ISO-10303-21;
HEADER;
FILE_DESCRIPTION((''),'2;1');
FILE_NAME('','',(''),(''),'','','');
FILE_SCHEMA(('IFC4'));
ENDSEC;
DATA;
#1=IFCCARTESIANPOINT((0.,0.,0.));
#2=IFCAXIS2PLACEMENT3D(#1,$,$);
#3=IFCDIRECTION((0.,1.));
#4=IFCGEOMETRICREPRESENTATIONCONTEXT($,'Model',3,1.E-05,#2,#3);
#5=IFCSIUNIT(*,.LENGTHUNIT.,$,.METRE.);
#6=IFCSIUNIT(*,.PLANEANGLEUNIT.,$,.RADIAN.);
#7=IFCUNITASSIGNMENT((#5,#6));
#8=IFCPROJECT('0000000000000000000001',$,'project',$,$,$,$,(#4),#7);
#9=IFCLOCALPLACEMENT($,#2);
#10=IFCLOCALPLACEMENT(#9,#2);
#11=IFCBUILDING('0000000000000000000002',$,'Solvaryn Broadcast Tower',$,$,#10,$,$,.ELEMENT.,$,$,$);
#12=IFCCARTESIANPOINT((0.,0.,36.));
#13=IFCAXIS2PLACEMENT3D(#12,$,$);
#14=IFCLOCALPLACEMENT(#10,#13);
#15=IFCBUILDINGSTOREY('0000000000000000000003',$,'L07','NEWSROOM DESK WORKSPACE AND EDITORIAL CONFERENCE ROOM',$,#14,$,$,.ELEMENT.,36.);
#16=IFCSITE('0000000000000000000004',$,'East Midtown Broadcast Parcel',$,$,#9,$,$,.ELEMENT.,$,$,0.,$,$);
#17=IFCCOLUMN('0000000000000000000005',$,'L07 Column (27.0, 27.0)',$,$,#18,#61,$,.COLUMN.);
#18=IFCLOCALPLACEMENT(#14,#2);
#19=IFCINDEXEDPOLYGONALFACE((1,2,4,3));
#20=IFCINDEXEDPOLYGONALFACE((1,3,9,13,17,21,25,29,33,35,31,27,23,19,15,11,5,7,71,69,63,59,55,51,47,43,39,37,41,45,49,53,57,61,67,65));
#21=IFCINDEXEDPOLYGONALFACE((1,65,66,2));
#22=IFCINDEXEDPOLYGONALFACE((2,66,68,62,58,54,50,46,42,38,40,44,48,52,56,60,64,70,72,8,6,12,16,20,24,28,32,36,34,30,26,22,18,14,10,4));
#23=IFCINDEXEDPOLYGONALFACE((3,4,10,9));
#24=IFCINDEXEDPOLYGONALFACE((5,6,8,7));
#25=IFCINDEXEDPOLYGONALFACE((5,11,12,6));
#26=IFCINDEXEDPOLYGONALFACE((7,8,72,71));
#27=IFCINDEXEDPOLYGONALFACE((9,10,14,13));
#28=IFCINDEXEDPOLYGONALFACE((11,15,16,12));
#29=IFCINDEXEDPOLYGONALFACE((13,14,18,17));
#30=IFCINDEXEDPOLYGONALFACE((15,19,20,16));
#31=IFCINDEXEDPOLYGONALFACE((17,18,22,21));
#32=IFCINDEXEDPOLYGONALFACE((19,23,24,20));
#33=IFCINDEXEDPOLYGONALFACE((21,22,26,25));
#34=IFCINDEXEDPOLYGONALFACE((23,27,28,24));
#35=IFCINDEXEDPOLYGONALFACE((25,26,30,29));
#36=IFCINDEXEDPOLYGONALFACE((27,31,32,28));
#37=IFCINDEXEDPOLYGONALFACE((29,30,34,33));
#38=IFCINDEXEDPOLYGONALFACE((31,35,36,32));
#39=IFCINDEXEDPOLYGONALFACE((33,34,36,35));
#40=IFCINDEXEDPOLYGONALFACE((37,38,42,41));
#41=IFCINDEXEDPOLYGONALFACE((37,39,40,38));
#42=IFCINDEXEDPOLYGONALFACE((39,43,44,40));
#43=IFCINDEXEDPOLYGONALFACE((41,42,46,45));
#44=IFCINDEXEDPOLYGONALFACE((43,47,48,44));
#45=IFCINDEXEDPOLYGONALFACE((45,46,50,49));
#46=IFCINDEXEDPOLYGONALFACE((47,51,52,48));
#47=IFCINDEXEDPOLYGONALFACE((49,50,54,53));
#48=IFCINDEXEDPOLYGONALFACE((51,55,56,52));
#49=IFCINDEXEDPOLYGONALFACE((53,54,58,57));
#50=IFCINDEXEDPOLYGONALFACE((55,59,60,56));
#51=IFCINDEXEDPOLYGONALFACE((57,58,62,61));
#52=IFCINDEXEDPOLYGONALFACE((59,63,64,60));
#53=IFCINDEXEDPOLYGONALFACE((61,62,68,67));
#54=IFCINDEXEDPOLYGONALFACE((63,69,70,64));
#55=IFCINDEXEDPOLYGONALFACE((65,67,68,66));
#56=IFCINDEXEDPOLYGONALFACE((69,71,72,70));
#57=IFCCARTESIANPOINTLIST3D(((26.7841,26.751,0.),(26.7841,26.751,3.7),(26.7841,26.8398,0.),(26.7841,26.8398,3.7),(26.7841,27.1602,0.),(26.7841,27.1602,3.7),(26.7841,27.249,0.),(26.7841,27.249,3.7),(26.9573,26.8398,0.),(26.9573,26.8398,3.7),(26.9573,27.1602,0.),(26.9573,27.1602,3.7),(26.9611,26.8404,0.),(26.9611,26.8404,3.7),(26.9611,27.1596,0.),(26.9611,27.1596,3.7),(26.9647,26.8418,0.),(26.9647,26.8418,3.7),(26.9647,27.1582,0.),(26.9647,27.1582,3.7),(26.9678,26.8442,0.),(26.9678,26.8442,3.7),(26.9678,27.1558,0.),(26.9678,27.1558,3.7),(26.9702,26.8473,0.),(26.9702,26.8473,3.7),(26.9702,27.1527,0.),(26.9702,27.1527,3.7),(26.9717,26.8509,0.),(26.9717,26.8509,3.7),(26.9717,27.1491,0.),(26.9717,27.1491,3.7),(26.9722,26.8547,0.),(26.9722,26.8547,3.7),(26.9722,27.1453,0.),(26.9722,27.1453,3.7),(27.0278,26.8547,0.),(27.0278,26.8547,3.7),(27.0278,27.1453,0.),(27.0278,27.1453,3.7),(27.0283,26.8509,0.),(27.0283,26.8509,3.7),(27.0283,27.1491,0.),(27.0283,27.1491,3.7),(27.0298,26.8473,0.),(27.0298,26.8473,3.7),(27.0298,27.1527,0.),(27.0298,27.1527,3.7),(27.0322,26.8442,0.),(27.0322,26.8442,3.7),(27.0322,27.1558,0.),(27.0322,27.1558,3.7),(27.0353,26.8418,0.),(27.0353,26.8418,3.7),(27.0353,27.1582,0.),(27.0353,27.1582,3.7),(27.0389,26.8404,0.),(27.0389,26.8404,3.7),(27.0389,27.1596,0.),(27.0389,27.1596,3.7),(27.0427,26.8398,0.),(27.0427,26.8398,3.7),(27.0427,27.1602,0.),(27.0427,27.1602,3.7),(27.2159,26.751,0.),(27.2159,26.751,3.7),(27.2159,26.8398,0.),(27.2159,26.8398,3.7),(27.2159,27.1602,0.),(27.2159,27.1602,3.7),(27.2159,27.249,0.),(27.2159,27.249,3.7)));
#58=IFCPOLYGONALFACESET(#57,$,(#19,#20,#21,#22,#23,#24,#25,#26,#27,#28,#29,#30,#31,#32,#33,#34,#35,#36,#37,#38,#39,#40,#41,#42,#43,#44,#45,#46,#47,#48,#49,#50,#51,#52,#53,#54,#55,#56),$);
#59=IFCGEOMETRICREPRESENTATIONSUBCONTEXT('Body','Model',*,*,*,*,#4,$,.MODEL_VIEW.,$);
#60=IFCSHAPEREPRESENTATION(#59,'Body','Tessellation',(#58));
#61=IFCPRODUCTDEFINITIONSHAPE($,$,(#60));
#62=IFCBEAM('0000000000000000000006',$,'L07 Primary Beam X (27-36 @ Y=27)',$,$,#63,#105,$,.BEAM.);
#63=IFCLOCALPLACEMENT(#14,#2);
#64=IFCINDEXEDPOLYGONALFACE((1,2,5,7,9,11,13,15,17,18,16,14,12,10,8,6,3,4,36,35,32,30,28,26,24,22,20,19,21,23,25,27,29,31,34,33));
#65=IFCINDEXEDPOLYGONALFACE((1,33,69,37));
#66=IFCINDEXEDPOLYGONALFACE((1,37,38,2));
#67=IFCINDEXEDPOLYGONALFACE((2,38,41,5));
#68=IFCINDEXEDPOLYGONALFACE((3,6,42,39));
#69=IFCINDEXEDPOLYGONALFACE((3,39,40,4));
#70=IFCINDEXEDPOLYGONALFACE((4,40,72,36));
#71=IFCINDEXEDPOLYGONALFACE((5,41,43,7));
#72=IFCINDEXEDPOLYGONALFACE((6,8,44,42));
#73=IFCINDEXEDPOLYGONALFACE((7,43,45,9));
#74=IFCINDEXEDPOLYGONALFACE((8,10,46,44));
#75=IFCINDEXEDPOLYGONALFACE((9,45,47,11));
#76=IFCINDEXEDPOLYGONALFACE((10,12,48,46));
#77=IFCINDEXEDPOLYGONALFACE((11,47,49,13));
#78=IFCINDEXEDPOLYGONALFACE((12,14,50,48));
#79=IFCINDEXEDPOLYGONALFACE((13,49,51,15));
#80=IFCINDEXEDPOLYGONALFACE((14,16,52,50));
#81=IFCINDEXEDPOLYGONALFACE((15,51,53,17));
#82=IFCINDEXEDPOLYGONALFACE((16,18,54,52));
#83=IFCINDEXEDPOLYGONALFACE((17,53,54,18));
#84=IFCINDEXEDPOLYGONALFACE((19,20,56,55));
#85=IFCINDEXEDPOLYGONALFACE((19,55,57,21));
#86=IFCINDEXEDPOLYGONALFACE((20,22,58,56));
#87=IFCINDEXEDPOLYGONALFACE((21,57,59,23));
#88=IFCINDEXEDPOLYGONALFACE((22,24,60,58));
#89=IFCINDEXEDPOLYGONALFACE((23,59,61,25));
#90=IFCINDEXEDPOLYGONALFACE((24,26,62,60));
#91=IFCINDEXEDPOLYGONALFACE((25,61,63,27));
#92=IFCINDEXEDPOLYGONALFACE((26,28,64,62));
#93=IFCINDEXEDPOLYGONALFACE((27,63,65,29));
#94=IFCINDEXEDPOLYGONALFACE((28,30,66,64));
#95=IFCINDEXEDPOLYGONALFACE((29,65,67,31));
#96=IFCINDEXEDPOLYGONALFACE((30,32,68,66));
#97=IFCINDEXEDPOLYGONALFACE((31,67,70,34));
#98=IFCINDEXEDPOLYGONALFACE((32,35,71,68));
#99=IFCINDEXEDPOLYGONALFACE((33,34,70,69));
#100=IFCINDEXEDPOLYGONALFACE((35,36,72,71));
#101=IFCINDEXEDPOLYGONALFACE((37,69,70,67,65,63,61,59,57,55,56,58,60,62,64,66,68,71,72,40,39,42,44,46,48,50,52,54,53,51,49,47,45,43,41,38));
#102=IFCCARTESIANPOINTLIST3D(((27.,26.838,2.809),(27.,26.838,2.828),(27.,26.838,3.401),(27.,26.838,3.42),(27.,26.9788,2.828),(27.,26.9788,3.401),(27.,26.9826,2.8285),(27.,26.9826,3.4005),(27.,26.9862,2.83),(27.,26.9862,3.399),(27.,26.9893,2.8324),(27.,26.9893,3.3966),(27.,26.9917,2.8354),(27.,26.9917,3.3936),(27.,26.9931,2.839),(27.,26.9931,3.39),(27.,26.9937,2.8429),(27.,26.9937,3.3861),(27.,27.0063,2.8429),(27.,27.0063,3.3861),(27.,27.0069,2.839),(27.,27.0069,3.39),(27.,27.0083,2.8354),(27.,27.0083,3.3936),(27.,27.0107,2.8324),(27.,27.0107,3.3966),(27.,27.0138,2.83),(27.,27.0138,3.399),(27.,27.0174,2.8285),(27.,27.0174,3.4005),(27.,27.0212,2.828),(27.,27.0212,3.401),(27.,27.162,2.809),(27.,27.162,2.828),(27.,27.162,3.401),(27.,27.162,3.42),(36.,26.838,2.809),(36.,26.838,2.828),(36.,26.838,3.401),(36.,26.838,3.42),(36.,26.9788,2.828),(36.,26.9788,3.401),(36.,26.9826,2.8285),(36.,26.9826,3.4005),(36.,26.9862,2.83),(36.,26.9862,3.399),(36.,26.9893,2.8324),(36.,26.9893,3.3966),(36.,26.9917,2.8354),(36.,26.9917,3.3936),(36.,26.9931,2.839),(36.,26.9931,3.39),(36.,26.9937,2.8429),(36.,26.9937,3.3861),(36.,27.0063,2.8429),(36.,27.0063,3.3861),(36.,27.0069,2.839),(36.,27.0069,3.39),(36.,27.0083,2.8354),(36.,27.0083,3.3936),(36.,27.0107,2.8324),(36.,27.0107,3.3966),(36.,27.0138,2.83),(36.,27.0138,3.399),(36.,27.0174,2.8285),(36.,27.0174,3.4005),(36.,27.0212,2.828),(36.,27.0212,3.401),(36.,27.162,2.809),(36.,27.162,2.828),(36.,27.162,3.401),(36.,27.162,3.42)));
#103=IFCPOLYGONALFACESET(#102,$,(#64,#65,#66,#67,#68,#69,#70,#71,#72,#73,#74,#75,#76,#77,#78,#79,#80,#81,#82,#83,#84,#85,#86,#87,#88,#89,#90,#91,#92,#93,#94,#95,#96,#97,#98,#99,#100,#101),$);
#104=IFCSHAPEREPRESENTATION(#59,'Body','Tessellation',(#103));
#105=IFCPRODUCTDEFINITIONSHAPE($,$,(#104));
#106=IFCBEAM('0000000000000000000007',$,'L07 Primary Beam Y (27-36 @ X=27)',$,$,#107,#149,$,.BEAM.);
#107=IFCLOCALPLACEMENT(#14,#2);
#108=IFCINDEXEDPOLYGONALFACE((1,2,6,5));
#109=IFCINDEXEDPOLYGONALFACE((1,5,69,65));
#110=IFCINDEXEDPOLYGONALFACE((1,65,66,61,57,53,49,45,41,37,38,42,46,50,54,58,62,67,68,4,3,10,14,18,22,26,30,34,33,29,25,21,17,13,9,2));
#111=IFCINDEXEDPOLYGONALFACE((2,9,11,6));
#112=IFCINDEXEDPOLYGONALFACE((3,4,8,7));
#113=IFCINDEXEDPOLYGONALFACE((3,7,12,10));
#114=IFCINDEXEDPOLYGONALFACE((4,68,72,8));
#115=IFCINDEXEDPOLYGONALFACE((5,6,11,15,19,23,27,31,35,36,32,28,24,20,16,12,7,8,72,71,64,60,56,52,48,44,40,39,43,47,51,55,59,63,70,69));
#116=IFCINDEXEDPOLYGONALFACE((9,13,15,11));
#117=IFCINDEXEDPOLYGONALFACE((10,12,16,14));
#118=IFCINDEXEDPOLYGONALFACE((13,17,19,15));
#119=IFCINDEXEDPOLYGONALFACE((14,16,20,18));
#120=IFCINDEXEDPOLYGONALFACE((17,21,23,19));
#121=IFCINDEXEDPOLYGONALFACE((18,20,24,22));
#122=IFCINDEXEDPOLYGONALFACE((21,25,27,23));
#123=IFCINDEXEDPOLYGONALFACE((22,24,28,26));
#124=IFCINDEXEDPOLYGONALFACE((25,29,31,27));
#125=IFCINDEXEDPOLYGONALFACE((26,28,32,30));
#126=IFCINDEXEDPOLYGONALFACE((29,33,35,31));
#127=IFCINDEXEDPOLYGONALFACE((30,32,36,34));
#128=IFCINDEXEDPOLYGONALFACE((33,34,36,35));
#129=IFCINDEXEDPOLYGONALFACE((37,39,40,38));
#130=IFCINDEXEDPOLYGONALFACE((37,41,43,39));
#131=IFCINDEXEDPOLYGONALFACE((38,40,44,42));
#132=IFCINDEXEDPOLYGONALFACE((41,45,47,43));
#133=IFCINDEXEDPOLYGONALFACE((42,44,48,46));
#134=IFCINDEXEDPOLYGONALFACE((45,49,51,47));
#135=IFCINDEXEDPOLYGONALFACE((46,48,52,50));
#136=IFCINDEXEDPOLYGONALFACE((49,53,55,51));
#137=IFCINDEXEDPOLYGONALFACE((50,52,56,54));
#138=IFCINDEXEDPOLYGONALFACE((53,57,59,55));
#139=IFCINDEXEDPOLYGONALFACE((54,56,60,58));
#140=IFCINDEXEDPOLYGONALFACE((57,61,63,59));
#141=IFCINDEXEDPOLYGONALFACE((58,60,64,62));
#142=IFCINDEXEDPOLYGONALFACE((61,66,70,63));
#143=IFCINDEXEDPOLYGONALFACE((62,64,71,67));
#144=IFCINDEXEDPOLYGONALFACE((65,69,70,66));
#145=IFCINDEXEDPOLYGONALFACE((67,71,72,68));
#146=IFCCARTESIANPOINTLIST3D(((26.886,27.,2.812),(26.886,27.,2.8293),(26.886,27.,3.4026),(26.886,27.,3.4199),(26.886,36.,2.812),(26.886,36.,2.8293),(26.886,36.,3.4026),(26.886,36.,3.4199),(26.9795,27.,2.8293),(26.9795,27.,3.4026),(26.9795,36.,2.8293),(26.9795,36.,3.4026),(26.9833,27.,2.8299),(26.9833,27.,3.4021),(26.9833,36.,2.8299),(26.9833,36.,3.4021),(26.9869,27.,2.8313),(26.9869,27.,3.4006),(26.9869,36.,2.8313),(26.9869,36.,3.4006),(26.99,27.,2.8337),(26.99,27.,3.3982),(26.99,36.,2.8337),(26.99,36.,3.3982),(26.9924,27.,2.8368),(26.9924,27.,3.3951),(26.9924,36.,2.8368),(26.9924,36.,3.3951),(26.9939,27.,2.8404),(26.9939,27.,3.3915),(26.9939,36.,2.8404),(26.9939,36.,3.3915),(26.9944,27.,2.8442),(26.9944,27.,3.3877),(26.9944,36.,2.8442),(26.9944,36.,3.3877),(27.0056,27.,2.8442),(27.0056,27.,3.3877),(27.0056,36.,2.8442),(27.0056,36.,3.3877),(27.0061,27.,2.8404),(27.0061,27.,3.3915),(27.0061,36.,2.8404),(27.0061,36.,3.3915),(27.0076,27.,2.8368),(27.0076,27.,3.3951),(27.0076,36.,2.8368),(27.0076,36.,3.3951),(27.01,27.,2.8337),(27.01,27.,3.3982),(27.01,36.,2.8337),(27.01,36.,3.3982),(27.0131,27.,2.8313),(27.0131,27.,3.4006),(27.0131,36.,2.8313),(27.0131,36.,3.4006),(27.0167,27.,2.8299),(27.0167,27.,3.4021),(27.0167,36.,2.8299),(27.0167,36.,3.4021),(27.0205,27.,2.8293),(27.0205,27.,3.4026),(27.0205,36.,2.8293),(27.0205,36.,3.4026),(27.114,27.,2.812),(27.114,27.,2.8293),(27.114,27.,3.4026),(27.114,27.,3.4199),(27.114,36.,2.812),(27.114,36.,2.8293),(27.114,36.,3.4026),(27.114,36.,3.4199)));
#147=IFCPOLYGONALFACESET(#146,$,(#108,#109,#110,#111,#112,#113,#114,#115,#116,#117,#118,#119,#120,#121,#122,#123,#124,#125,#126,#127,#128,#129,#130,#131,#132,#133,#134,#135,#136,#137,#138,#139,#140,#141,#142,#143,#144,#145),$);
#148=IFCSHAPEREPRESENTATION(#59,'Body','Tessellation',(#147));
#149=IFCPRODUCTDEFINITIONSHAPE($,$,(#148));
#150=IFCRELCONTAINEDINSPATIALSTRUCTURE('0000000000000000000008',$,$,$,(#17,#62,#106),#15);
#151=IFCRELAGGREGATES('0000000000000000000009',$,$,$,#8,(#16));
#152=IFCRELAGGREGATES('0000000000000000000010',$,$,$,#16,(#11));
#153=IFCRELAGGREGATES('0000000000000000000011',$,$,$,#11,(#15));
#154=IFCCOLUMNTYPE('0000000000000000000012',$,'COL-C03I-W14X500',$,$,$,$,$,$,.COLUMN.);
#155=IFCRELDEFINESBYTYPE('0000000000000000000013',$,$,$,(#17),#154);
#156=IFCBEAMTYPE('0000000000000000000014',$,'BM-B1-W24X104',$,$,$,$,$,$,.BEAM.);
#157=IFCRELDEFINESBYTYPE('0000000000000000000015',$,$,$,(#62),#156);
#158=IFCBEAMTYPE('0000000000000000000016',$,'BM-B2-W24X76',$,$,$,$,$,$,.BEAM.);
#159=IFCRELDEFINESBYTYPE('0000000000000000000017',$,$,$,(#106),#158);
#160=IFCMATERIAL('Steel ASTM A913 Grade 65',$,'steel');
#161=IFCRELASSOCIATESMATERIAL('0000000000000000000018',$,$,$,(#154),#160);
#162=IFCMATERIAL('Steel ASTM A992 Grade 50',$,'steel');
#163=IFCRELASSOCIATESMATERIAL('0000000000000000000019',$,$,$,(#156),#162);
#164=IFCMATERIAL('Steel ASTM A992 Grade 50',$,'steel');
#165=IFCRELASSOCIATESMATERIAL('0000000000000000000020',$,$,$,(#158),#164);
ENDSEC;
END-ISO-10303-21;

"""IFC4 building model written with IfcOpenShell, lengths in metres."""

from ifc_helpers import new_model, si_unit, direction, frame, origin, origin_2d, place, context, subcontext, project, spatial, i_section, extrude, material, material_profile, profile_set, type_object, element, save


model = new_model("IFC4")

# Units and contexts
model_context = context("Model", 3, precision=1e-05, world=origin(), true_north=direction((0.0, 1.0)))
body_context = subcontext(model_context, "Body", "Model", "MODEL_VIEW")
ifc_project = project(units=[si_unit("LENGTHUNIT", "METRE"), si_unit("PLANEANGLEUNIT", "RADIAN")], contexts=[model_context])

# Site, building, storey
site_placement = place(None, origin())
site = spatial("IfcSite", under=ifc_project, at=site_placement, Name="East Midtown Broadcast Parcel", CompositionType="ELEMENT", RefElevation=0.0)
building_placement = place(site_placement, origin())
building = spatial("IfcBuilding", under=site, at=building_placement, Name="Solvaryn Broadcast Tower", CompositionType="ELEMENT")
storey_placement = place(building_placement, frame((0.0, 0.0, 36.0)))
storey = spatial("IfcBuildingStorey", under=building, at=storey_placement, Name="L07", Description="NEWSROOM DESK WORKSPACE AND EDITORIAL CONFERENCE ROOM", CompositionType="ELEMENT", Elevation=36.0)

# Column
ifc_material_1 = material(Name="Steel ASTM A913 Grade 65", Category="steel")
ifc_material_profile_1 = material_profile(ifc_material_1, i_section(OverallWidth=0.4319, OverallDepth=0.498, WebThickness=0.0557, FlangeThickness=0.0889, FilletRadius=0.0149, at=origin_2d()))
ifc_profile_set_1 = profile_set([ifc_material_profile_1], Name="Steel ASTM A913 Grade 65")
column_type = type_object("IfcColumnType", Name="COL-C03I-W14X500", PredefinedType="COLUMN", material=ifc_profile_set_1)
column_placement = place(storey_placement, frame((27.0, 27.0, 0.0), z_axis=(0.0, 0.0, 1.0), x_axis=(1.0, 0.0, 0.0)))
element("IfcColumn", 1, at=column_placement, inside=storey, type_object=column_type, Name="L07 Column (27.0, 27.0)", PredefinedType="COLUMN", context=body_context, shape_type="SweptSolid", body=[
    extrude(i_section(OverallWidth=0.4319, OverallDepth=0.498, WebThickness=0.0557, FlangeThickness=0.0889, FilletRadius=0.0149, at=origin_2d()), origin(), (0.0, 0.0, 1.0), 3.7),
])

# Beams
ifc_material_2 = material(Name="Steel ASTM A992 Grade 50", Category="steel")
ifc_material_profile_2 = material_profile(ifc_material_2, i_section(OverallWidth=0.324, OverallDepth=0.6111, WebThickness=0.0127, FlangeThickness=0.019, FilletRadius=0.0149, at=origin_2d()))
ifc_profile_set_2 = profile_set([ifc_material_profile_2], Name="Steel ASTM A992 Grade 50")
beam_type_1 = type_object("IfcBeamType", Name="BM-B1-W24X104", PredefinedType="BEAM", material=ifc_profile_set_2)
beam_1_placement = place(storey_placement, frame((27.0, 27.0, 3.1145), z_axis=(1.0, 0.0, 0.0), x_axis=(0.0, 1.0, 0.0)))
element("IfcBeam", 2, at=beam_1_placement, inside=storey, type_object=beam_type_1, Name="L07 Primary Beam X (27-36 @ Y=27)", PredefinedType="BEAM", context=body_context, shape_type="SweptSolid", body=[
    extrude(i_section(OverallWidth=0.324, OverallDepth=0.6111, WebThickness=0.0127, FlangeThickness=0.019, FilletRadius=0.0149, at=origin_2d()), origin(), (0.0, 0.0, 1.0), 9.0),
])
ifc_material_3 = material(Name="Steel ASTM A992 Grade 50", Category="steel")
ifc_material_profile_3 = material_profile(ifc_material_3, i_section(OverallWidth=0.228, OverallDepth=0.6079, WebThickness=0.0112, FlangeThickness=0.0173, FilletRadius=0.0149, at=origin_2d()))
ifc_profile_set_3 = profile_set([ifc_material_profile_3], Name="Steel ASTM A992 Grade 50")
beam_type_2 = type_object("IfcBeamType", Name="BM-B2-W24X76", PredefinedType="BEAM", material=ifc_profile_set_3)
beam_2_placement = place(storey_placement, frame((27.0, 27.0, 3.116), z_axis=(0.0, 1.0, 0.0), x_axis=(-1.0, 0.0, 0.0)))
element("IfcBeam", 3, at=beam_2_placement, inside=storey, type_object=beam_type_2, Name="L07 Primary Beam Y (27-36 @ X=27)", PredefinedType="BEAM", context=body_context, shape_type="SweptSolid", body=[
    extrude(i_section(OverallWidth=0.228, OverallDepth=0.6079, WebThickness=0.0112, FlangeThickness=0.0173, FilletRadius=0.0149, at=origin_2d()), origin(), (0.0, 0.0, 1.0), 9.0),
])

save(model, "model.ifc")
